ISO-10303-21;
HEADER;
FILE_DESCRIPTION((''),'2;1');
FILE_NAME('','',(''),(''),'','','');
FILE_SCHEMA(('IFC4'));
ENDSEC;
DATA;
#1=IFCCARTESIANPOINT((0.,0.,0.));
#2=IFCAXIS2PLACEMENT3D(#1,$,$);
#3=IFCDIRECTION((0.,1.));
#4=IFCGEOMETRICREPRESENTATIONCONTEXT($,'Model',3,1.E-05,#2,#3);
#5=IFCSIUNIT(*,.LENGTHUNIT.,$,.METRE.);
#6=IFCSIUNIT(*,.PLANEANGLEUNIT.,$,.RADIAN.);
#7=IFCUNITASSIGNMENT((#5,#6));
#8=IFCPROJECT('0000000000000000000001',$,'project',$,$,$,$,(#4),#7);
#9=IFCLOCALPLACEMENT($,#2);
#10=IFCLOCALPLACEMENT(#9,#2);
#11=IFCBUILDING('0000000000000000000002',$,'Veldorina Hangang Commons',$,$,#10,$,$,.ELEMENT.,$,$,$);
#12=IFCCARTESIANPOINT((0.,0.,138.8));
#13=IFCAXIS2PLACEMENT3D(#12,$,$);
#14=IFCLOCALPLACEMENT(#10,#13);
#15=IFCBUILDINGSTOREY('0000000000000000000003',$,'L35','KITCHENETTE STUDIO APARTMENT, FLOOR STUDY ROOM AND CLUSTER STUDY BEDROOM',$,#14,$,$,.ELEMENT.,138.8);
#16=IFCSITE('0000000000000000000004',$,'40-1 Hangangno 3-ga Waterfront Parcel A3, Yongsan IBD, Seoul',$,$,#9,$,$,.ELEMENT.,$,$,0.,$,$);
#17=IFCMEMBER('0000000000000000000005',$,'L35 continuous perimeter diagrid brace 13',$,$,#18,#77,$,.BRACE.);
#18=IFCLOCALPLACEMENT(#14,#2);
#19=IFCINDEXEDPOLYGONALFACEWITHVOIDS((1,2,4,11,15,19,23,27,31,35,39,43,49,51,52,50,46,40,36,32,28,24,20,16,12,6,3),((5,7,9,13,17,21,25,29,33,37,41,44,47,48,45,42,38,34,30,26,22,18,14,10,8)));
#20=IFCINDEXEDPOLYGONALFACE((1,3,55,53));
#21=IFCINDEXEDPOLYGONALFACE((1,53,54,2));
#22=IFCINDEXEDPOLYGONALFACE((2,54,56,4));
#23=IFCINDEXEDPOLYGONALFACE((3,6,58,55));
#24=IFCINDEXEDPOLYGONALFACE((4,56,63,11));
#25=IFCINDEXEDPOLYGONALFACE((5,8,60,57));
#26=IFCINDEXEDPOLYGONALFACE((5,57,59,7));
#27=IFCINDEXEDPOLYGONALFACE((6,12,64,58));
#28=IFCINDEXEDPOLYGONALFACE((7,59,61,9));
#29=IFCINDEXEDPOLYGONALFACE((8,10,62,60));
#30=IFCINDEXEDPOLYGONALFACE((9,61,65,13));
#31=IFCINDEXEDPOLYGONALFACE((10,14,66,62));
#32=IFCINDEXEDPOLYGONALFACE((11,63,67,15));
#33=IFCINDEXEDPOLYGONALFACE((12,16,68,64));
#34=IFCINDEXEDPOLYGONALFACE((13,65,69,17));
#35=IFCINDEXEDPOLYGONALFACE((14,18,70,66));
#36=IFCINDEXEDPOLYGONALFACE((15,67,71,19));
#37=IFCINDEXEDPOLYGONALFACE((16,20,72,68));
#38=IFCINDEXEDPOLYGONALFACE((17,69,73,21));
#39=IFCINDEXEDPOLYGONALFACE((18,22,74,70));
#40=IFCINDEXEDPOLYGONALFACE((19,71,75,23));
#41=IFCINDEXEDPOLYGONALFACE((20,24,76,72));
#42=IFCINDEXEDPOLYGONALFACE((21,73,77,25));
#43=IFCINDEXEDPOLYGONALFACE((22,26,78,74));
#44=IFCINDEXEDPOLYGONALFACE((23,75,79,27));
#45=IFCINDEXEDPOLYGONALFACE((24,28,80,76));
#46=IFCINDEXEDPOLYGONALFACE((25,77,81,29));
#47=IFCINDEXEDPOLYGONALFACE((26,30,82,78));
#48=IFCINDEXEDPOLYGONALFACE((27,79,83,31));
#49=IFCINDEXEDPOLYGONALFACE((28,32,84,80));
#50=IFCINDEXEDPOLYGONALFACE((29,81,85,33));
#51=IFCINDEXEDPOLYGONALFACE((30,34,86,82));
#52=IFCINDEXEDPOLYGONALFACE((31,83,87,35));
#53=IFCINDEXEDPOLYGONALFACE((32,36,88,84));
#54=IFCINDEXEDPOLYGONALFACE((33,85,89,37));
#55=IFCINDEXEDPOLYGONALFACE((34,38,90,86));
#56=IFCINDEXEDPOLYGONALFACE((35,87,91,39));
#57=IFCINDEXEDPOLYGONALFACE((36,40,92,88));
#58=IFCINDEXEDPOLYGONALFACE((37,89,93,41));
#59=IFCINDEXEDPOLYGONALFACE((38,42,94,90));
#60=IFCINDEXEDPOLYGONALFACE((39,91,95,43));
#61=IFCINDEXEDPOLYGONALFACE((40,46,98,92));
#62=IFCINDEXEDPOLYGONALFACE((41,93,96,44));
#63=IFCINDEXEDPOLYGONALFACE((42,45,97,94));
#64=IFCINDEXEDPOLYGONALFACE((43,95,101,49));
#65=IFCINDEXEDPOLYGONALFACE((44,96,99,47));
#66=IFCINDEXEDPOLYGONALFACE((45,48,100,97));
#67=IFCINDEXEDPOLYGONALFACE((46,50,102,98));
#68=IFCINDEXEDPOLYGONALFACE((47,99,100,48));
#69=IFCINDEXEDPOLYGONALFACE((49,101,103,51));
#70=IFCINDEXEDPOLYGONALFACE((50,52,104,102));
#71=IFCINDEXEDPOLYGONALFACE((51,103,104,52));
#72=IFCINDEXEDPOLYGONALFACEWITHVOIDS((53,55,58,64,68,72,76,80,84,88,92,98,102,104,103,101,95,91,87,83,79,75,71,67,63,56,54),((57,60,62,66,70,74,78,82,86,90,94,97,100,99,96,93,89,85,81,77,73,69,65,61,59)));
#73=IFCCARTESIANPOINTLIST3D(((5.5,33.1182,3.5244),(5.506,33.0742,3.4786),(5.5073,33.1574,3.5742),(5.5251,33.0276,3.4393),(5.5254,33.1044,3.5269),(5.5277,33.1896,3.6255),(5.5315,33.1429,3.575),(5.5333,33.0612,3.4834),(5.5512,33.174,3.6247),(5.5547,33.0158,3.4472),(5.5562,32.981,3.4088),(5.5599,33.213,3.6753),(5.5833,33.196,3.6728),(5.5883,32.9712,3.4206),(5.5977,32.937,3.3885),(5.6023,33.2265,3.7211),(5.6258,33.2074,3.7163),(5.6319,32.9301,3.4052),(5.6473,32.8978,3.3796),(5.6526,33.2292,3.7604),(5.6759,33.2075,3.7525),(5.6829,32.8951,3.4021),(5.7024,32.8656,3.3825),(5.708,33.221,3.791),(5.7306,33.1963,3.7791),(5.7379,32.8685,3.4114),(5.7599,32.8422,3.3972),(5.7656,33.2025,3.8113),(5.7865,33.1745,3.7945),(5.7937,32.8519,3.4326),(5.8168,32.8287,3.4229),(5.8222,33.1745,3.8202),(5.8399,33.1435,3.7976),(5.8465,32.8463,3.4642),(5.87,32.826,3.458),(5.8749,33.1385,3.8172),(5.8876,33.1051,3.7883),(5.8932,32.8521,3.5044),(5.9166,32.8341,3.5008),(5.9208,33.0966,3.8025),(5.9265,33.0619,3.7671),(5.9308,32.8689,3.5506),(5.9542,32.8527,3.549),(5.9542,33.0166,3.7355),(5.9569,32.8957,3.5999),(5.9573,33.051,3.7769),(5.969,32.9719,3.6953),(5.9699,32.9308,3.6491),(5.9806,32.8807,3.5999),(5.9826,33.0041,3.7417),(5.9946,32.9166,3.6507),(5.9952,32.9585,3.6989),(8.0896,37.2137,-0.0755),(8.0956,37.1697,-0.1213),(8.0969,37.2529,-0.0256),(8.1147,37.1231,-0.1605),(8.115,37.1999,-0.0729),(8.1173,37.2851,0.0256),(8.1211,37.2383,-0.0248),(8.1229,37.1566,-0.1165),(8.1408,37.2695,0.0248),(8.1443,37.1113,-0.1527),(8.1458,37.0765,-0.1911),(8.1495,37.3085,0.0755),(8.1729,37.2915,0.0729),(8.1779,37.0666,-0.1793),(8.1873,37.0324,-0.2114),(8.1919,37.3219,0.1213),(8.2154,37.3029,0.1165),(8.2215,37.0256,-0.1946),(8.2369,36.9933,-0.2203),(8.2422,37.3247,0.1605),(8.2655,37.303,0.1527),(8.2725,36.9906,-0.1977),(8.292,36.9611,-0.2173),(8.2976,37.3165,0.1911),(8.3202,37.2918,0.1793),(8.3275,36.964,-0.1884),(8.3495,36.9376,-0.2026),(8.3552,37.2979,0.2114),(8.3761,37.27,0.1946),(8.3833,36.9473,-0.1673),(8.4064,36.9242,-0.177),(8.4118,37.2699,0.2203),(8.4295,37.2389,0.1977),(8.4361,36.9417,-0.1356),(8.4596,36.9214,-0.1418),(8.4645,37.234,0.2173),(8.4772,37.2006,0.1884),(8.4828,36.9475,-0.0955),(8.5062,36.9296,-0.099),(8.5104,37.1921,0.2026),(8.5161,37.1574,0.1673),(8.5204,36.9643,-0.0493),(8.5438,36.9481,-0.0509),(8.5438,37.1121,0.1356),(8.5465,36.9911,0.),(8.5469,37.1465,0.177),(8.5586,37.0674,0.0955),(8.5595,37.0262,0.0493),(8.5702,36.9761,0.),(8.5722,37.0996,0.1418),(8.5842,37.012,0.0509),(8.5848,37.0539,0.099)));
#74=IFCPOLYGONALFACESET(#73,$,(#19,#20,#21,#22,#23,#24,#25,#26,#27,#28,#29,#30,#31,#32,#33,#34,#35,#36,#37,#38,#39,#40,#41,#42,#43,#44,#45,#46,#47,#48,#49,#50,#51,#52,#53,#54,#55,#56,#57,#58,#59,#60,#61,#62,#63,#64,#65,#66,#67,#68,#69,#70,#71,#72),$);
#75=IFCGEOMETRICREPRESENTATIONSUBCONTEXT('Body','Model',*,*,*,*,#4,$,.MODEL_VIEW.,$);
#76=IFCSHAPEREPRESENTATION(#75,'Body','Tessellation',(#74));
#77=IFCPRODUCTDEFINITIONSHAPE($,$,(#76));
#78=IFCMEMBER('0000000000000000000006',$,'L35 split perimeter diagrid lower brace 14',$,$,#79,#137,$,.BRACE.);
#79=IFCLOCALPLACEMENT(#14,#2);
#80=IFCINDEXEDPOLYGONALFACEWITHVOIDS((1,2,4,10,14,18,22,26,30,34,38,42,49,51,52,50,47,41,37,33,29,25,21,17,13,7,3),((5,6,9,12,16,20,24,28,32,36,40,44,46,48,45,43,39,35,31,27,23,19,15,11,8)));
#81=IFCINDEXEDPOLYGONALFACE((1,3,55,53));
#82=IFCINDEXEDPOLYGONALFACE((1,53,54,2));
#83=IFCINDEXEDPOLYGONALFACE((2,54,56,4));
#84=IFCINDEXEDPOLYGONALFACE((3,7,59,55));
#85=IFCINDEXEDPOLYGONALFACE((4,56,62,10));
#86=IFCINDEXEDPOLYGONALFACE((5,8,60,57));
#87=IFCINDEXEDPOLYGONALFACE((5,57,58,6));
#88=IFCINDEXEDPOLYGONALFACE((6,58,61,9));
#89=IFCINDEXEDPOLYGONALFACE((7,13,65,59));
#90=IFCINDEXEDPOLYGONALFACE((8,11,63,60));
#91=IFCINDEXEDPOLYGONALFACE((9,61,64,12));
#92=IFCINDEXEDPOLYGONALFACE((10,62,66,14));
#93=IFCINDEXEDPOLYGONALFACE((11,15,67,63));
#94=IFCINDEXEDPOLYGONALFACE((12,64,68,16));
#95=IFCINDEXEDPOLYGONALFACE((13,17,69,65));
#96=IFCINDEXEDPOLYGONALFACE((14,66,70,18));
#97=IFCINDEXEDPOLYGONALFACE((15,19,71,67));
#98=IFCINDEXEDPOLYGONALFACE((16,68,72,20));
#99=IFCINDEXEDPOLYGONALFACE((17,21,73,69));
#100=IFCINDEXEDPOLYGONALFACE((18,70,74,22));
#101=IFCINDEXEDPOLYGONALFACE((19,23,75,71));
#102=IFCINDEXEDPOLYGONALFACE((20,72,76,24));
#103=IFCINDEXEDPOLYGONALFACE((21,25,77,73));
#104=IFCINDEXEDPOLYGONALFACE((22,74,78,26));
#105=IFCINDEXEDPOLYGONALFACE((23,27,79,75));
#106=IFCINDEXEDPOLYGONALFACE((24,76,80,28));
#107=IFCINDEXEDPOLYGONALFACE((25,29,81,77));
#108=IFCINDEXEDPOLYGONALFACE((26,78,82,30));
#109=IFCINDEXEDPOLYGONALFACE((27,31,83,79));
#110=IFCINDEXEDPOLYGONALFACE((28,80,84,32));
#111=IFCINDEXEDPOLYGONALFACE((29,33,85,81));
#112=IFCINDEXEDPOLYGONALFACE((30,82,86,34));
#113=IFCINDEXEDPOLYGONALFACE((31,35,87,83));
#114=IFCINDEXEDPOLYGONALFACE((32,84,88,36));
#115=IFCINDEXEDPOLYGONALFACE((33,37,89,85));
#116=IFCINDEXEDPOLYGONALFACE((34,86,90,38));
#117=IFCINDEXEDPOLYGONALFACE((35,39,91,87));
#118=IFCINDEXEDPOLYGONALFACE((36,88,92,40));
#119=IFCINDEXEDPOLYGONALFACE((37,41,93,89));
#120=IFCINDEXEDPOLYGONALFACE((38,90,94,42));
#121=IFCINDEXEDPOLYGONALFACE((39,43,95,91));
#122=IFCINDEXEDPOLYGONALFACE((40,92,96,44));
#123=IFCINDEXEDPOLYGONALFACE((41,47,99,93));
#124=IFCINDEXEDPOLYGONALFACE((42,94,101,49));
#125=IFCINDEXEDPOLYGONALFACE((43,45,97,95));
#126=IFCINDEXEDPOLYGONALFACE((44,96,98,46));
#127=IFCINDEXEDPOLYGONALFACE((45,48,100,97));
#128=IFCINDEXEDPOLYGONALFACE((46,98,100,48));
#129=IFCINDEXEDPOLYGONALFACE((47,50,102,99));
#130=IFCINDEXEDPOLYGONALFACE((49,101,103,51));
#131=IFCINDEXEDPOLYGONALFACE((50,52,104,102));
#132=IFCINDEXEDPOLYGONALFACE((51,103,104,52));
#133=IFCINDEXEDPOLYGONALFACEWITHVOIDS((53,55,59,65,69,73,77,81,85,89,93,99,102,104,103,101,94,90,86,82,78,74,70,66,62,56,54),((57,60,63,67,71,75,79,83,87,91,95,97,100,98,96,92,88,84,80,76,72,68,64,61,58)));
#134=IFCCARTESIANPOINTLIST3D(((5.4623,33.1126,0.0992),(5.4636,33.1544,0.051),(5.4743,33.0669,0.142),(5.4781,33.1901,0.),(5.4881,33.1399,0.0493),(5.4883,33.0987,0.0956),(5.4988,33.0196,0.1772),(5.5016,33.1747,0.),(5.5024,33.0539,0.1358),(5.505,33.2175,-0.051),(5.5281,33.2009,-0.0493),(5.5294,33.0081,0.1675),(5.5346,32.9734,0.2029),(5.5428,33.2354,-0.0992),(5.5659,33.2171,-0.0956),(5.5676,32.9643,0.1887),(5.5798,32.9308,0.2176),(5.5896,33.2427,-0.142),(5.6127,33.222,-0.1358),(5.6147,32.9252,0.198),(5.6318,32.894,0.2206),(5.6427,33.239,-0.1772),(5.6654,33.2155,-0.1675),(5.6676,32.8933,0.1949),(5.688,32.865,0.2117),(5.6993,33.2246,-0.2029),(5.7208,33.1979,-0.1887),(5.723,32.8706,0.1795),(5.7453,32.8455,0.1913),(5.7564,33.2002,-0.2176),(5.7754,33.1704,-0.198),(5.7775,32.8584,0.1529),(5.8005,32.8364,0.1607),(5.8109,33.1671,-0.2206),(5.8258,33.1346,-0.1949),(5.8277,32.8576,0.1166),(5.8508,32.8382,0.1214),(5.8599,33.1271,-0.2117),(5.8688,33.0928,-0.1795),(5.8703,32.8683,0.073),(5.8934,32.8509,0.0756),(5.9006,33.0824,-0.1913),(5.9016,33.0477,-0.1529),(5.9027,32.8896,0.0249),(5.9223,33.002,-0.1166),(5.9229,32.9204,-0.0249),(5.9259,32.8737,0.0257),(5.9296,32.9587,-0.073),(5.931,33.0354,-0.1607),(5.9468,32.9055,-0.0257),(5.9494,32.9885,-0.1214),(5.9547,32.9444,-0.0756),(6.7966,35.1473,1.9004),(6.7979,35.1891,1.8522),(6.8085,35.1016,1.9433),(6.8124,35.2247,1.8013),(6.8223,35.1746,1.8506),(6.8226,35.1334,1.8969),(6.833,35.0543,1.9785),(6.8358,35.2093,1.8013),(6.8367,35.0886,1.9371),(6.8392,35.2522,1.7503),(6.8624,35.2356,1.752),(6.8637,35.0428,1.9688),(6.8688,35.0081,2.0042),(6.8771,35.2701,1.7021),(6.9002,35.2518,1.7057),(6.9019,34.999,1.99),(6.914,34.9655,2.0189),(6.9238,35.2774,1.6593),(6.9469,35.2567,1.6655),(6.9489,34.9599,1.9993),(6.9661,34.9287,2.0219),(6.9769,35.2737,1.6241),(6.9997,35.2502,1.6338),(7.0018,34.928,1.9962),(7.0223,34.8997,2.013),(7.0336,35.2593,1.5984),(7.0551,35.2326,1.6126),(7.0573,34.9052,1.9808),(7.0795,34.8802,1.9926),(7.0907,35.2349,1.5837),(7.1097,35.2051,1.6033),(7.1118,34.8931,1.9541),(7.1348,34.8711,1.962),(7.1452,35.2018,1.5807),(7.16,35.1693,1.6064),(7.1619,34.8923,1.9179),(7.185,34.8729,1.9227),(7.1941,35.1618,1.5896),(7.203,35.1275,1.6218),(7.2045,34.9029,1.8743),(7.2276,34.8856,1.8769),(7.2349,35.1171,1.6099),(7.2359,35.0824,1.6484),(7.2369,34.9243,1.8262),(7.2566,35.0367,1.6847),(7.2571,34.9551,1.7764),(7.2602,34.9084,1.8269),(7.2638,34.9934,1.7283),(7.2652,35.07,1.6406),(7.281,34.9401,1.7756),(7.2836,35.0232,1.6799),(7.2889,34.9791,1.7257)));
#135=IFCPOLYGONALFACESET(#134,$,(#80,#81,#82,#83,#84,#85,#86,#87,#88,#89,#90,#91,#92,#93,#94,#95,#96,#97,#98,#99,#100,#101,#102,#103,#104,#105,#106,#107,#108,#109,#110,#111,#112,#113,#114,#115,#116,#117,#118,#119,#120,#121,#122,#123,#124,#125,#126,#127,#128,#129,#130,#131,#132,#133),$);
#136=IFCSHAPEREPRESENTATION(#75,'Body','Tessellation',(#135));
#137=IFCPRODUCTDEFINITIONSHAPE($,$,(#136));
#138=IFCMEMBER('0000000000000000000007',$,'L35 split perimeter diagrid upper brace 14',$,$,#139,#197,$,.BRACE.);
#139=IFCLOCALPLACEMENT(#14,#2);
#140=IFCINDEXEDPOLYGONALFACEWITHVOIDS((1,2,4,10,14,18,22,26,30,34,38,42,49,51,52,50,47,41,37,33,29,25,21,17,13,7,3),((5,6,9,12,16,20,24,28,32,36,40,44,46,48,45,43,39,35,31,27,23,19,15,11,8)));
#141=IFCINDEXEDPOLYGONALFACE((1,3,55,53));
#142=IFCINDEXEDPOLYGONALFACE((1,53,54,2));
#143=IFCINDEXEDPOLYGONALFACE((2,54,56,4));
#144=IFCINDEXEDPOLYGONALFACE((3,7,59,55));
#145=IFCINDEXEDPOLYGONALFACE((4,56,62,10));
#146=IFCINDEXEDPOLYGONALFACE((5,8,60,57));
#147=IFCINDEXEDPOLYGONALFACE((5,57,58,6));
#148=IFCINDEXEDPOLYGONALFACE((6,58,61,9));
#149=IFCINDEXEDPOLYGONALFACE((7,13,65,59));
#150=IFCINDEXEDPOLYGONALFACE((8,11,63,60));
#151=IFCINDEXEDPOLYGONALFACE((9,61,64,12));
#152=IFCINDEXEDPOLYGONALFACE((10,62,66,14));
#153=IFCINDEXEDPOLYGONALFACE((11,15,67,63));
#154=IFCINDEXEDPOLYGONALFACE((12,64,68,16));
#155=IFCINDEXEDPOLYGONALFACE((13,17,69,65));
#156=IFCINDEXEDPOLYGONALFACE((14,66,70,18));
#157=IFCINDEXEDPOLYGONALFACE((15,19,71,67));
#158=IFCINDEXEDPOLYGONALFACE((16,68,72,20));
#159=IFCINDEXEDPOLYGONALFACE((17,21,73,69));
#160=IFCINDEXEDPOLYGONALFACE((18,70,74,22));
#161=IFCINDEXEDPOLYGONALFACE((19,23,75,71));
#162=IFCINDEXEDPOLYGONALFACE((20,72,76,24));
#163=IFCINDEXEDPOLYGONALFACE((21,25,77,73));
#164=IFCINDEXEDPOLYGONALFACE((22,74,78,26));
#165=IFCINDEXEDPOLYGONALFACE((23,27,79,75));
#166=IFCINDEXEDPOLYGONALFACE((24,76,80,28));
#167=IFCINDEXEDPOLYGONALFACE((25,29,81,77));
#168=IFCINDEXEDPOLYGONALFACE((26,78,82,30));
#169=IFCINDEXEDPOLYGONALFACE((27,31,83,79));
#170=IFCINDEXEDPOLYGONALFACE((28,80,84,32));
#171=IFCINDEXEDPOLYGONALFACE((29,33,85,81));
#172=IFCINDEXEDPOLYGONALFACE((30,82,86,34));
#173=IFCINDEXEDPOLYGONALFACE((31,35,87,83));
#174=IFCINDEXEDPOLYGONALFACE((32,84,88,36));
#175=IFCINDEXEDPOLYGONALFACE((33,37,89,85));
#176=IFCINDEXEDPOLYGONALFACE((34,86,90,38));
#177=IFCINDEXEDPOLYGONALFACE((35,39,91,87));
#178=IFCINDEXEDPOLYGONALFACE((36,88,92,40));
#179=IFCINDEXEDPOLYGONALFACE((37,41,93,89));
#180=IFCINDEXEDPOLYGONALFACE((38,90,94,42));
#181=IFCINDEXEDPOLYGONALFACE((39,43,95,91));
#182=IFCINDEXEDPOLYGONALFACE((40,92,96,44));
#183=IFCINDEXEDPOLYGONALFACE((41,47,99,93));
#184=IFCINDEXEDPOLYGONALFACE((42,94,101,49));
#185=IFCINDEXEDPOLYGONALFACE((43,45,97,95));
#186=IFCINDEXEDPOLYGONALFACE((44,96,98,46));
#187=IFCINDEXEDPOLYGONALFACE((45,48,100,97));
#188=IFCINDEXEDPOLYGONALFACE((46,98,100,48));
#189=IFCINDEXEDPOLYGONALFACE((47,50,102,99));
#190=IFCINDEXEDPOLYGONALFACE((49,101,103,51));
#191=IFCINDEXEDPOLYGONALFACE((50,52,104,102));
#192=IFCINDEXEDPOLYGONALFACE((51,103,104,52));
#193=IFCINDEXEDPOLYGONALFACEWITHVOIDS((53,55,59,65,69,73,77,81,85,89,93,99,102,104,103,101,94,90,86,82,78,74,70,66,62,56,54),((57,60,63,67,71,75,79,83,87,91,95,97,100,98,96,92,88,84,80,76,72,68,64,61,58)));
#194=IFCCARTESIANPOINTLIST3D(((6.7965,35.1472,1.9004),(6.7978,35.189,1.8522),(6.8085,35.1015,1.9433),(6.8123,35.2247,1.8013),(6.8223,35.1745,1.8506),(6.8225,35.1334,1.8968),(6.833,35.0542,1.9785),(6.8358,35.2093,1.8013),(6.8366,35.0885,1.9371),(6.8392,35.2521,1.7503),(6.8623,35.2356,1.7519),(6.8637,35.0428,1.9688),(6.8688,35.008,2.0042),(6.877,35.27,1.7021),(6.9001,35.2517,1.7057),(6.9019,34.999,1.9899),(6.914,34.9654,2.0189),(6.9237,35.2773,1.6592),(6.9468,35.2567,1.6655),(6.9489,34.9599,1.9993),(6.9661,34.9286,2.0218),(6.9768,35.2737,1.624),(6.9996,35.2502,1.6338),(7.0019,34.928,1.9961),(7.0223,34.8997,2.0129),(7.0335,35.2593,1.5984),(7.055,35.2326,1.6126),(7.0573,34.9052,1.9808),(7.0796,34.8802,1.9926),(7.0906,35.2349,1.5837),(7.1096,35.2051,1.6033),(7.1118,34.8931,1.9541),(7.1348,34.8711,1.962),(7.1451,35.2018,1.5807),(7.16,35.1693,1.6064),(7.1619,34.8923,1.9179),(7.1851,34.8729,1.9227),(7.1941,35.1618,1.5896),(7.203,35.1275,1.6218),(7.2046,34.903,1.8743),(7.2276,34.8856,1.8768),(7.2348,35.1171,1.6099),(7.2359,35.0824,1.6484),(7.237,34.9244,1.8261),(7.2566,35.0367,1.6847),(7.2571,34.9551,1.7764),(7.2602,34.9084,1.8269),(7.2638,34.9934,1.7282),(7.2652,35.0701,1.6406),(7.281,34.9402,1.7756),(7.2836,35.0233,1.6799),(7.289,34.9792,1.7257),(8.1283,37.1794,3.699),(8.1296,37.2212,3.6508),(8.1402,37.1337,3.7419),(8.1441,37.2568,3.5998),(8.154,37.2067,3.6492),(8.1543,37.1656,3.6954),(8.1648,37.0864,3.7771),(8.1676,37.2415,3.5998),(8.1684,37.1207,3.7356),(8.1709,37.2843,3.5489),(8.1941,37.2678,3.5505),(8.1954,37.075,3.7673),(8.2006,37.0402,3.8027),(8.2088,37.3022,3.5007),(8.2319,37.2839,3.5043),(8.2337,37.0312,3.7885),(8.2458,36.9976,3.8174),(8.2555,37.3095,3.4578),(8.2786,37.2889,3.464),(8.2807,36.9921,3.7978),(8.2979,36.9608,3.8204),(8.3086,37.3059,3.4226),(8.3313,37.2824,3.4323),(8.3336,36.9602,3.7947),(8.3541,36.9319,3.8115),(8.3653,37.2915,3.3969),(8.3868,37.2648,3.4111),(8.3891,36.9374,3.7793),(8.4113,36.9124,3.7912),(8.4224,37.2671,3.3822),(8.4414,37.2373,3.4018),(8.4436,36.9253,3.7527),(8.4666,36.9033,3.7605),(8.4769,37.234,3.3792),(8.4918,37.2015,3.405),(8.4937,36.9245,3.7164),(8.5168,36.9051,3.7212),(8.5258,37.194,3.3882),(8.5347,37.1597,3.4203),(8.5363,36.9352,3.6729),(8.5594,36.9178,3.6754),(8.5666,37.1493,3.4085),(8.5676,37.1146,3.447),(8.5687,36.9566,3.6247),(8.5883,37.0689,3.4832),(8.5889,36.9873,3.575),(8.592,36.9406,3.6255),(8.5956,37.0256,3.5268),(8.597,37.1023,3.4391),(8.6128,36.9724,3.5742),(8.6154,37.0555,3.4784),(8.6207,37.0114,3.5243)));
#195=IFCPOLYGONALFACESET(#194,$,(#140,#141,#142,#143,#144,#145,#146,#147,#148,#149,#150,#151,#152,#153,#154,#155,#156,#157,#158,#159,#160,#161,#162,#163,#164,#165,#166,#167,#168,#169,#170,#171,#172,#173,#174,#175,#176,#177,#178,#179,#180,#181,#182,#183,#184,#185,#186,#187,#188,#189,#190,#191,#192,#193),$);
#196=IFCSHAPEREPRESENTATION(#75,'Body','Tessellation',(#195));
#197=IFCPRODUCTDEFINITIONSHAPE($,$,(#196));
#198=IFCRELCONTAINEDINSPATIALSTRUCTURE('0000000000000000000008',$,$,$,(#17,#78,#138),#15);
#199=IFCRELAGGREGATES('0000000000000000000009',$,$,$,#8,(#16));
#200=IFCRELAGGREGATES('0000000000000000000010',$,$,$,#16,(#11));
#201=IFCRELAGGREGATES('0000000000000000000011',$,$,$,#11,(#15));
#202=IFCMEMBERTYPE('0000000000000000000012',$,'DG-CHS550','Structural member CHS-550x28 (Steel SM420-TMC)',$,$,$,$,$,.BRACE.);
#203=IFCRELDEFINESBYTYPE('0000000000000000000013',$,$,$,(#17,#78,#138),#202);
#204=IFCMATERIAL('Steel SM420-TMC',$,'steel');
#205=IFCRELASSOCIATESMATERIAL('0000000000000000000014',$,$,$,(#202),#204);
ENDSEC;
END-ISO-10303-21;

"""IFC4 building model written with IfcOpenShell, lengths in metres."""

from ifc_helpers import new_model, si_unit, direction, frame, origin, origin_2d, place, context, subcontext, project, spatial, hollow_circle, extrude, material, material_profile, profile_set, type_object, element, save


model = new_model("IFC4")

# Units and contexts
model_context = context("Model", 3, precision=1e-05, world=origin(), true_north=direction((0.0, 1.0)))
body_context = subcontext(model_context, "Body", "Model", "MODEL_VIEW")
ifc_project = project(units=[si_unit("LENGTHUNIT", "METRE"), si_unit("PLANEANGLEUNIT", "RADIAN")], contexts=[model_context])

# Site, building, storey
site_placement = place(None, origin())
site = spatial("IfcSite", under=ifc_project, at=site_placement, Name="40-1 Hangangno 3-ga Waterfront Parcel A3, Yongsan IBD, Seoul", CompositionType="ELEMENT", RefElevation=0.0)
building_placement = place(site_placement, origin())
building = spatial("IfcBuilding", under=site, at=building_placement, Name="Veldorina Hangang Commons", CompositionType="ELEMENT")
storey_placement = place(building_placement, frame((0.0, 0.0, 138.8)))
storey = spatial("IfcBuildingStorey", under=building, at=storey_placement, Name="L35", Description="KITCHENETTE STUDIO APARTMENT, FLOOR STUDY ROOM AND CLUSTER STUDY BEDROOM", CompositionType="ELEMENT", Elevation=138.8)

# Shared definitions
ifc_material_1 = material(Name="Steel SM420-TMC", Category="steel")

# Members
ifc_material_profile_1 = material_profile(ifc_material_1, hollow_circle(Radius=0.2749, WallThickness=0.0281, at=origin_2d()), Name="CHS-550x28")
ifc_profile_set_1 = profile_set([ifc_material_profile_1], Name="Steel SM420-TMC")
member_type = type_object("IfcMemberType", Name="DG-CHS550", Description="Structural member CHS-550x28 (Steel SM420-TMC)", PredefinedType="BRACE", material=ifc_profile_set_1)
member_1_placement = place(storey_placement, frame((8.3379, 37.123, 0.0), z_axis=(-0.429, -0.678464, 0.596361), x_axis=(0.84521, -0.534435, 0.0)))
element("IfcMember", 1, at=member_1_placement, inside=storey, type_object=member_type, Name="L35 continuous perimeter diagrid brace 13", PredefinedType="BRACE", context=body_context, shape_type="SweptSolid", body=[
    extrude(hollow_circle(Radius=0.2749, WallThickness=0.0281, at=origin_2d()), origin(), (0.0, 0.0, 1.0), 6.0364),
])
member_2_placement = place(storey_placement, frame((5.708, 33.0393, 0.0), z_axis=(0.440731, 0.672104, 0.595006), x_axis=(-0.836241, 0.548363, 0.0)))
element("IfcMember", 2, at=member_2_placement, inside=storey, type_object=member_type, Name="L35 split perimeter diagrid lower brace 14", PredefinedType="BRACE", context=body_context, shape_type="SweptSolid", body=[
    extrude(hollow_circle(Radius=0.2749, WallThickness=0.0281, at=origin_2d()), origin(), (0.0, 0.0, 1.0), 3.0273),
])
member_3_placement = place(storey_placement, frame((7.0422, 35.074, 1.8013), z_axis=(0.440552, 0.672256, 0.594967), x_axis=(-0.836399, 0.548121, 0.0)))
element("IfcMember", 3, at=member_3_placement, inside=storey, type_object=member_type, Name="L35 split perimeter diagrid upper brace 14", PredefinedType="BRACE", context=body_context, shape_type="SweptSolid", body=[
    extrude(hollow_circle(Radius=0.2749, WallThickness=0.0281, at=origin_2d()), origin(), (0.0, 0.0, 1.0), 3.0229),
])

save(model, "model.ifc")
